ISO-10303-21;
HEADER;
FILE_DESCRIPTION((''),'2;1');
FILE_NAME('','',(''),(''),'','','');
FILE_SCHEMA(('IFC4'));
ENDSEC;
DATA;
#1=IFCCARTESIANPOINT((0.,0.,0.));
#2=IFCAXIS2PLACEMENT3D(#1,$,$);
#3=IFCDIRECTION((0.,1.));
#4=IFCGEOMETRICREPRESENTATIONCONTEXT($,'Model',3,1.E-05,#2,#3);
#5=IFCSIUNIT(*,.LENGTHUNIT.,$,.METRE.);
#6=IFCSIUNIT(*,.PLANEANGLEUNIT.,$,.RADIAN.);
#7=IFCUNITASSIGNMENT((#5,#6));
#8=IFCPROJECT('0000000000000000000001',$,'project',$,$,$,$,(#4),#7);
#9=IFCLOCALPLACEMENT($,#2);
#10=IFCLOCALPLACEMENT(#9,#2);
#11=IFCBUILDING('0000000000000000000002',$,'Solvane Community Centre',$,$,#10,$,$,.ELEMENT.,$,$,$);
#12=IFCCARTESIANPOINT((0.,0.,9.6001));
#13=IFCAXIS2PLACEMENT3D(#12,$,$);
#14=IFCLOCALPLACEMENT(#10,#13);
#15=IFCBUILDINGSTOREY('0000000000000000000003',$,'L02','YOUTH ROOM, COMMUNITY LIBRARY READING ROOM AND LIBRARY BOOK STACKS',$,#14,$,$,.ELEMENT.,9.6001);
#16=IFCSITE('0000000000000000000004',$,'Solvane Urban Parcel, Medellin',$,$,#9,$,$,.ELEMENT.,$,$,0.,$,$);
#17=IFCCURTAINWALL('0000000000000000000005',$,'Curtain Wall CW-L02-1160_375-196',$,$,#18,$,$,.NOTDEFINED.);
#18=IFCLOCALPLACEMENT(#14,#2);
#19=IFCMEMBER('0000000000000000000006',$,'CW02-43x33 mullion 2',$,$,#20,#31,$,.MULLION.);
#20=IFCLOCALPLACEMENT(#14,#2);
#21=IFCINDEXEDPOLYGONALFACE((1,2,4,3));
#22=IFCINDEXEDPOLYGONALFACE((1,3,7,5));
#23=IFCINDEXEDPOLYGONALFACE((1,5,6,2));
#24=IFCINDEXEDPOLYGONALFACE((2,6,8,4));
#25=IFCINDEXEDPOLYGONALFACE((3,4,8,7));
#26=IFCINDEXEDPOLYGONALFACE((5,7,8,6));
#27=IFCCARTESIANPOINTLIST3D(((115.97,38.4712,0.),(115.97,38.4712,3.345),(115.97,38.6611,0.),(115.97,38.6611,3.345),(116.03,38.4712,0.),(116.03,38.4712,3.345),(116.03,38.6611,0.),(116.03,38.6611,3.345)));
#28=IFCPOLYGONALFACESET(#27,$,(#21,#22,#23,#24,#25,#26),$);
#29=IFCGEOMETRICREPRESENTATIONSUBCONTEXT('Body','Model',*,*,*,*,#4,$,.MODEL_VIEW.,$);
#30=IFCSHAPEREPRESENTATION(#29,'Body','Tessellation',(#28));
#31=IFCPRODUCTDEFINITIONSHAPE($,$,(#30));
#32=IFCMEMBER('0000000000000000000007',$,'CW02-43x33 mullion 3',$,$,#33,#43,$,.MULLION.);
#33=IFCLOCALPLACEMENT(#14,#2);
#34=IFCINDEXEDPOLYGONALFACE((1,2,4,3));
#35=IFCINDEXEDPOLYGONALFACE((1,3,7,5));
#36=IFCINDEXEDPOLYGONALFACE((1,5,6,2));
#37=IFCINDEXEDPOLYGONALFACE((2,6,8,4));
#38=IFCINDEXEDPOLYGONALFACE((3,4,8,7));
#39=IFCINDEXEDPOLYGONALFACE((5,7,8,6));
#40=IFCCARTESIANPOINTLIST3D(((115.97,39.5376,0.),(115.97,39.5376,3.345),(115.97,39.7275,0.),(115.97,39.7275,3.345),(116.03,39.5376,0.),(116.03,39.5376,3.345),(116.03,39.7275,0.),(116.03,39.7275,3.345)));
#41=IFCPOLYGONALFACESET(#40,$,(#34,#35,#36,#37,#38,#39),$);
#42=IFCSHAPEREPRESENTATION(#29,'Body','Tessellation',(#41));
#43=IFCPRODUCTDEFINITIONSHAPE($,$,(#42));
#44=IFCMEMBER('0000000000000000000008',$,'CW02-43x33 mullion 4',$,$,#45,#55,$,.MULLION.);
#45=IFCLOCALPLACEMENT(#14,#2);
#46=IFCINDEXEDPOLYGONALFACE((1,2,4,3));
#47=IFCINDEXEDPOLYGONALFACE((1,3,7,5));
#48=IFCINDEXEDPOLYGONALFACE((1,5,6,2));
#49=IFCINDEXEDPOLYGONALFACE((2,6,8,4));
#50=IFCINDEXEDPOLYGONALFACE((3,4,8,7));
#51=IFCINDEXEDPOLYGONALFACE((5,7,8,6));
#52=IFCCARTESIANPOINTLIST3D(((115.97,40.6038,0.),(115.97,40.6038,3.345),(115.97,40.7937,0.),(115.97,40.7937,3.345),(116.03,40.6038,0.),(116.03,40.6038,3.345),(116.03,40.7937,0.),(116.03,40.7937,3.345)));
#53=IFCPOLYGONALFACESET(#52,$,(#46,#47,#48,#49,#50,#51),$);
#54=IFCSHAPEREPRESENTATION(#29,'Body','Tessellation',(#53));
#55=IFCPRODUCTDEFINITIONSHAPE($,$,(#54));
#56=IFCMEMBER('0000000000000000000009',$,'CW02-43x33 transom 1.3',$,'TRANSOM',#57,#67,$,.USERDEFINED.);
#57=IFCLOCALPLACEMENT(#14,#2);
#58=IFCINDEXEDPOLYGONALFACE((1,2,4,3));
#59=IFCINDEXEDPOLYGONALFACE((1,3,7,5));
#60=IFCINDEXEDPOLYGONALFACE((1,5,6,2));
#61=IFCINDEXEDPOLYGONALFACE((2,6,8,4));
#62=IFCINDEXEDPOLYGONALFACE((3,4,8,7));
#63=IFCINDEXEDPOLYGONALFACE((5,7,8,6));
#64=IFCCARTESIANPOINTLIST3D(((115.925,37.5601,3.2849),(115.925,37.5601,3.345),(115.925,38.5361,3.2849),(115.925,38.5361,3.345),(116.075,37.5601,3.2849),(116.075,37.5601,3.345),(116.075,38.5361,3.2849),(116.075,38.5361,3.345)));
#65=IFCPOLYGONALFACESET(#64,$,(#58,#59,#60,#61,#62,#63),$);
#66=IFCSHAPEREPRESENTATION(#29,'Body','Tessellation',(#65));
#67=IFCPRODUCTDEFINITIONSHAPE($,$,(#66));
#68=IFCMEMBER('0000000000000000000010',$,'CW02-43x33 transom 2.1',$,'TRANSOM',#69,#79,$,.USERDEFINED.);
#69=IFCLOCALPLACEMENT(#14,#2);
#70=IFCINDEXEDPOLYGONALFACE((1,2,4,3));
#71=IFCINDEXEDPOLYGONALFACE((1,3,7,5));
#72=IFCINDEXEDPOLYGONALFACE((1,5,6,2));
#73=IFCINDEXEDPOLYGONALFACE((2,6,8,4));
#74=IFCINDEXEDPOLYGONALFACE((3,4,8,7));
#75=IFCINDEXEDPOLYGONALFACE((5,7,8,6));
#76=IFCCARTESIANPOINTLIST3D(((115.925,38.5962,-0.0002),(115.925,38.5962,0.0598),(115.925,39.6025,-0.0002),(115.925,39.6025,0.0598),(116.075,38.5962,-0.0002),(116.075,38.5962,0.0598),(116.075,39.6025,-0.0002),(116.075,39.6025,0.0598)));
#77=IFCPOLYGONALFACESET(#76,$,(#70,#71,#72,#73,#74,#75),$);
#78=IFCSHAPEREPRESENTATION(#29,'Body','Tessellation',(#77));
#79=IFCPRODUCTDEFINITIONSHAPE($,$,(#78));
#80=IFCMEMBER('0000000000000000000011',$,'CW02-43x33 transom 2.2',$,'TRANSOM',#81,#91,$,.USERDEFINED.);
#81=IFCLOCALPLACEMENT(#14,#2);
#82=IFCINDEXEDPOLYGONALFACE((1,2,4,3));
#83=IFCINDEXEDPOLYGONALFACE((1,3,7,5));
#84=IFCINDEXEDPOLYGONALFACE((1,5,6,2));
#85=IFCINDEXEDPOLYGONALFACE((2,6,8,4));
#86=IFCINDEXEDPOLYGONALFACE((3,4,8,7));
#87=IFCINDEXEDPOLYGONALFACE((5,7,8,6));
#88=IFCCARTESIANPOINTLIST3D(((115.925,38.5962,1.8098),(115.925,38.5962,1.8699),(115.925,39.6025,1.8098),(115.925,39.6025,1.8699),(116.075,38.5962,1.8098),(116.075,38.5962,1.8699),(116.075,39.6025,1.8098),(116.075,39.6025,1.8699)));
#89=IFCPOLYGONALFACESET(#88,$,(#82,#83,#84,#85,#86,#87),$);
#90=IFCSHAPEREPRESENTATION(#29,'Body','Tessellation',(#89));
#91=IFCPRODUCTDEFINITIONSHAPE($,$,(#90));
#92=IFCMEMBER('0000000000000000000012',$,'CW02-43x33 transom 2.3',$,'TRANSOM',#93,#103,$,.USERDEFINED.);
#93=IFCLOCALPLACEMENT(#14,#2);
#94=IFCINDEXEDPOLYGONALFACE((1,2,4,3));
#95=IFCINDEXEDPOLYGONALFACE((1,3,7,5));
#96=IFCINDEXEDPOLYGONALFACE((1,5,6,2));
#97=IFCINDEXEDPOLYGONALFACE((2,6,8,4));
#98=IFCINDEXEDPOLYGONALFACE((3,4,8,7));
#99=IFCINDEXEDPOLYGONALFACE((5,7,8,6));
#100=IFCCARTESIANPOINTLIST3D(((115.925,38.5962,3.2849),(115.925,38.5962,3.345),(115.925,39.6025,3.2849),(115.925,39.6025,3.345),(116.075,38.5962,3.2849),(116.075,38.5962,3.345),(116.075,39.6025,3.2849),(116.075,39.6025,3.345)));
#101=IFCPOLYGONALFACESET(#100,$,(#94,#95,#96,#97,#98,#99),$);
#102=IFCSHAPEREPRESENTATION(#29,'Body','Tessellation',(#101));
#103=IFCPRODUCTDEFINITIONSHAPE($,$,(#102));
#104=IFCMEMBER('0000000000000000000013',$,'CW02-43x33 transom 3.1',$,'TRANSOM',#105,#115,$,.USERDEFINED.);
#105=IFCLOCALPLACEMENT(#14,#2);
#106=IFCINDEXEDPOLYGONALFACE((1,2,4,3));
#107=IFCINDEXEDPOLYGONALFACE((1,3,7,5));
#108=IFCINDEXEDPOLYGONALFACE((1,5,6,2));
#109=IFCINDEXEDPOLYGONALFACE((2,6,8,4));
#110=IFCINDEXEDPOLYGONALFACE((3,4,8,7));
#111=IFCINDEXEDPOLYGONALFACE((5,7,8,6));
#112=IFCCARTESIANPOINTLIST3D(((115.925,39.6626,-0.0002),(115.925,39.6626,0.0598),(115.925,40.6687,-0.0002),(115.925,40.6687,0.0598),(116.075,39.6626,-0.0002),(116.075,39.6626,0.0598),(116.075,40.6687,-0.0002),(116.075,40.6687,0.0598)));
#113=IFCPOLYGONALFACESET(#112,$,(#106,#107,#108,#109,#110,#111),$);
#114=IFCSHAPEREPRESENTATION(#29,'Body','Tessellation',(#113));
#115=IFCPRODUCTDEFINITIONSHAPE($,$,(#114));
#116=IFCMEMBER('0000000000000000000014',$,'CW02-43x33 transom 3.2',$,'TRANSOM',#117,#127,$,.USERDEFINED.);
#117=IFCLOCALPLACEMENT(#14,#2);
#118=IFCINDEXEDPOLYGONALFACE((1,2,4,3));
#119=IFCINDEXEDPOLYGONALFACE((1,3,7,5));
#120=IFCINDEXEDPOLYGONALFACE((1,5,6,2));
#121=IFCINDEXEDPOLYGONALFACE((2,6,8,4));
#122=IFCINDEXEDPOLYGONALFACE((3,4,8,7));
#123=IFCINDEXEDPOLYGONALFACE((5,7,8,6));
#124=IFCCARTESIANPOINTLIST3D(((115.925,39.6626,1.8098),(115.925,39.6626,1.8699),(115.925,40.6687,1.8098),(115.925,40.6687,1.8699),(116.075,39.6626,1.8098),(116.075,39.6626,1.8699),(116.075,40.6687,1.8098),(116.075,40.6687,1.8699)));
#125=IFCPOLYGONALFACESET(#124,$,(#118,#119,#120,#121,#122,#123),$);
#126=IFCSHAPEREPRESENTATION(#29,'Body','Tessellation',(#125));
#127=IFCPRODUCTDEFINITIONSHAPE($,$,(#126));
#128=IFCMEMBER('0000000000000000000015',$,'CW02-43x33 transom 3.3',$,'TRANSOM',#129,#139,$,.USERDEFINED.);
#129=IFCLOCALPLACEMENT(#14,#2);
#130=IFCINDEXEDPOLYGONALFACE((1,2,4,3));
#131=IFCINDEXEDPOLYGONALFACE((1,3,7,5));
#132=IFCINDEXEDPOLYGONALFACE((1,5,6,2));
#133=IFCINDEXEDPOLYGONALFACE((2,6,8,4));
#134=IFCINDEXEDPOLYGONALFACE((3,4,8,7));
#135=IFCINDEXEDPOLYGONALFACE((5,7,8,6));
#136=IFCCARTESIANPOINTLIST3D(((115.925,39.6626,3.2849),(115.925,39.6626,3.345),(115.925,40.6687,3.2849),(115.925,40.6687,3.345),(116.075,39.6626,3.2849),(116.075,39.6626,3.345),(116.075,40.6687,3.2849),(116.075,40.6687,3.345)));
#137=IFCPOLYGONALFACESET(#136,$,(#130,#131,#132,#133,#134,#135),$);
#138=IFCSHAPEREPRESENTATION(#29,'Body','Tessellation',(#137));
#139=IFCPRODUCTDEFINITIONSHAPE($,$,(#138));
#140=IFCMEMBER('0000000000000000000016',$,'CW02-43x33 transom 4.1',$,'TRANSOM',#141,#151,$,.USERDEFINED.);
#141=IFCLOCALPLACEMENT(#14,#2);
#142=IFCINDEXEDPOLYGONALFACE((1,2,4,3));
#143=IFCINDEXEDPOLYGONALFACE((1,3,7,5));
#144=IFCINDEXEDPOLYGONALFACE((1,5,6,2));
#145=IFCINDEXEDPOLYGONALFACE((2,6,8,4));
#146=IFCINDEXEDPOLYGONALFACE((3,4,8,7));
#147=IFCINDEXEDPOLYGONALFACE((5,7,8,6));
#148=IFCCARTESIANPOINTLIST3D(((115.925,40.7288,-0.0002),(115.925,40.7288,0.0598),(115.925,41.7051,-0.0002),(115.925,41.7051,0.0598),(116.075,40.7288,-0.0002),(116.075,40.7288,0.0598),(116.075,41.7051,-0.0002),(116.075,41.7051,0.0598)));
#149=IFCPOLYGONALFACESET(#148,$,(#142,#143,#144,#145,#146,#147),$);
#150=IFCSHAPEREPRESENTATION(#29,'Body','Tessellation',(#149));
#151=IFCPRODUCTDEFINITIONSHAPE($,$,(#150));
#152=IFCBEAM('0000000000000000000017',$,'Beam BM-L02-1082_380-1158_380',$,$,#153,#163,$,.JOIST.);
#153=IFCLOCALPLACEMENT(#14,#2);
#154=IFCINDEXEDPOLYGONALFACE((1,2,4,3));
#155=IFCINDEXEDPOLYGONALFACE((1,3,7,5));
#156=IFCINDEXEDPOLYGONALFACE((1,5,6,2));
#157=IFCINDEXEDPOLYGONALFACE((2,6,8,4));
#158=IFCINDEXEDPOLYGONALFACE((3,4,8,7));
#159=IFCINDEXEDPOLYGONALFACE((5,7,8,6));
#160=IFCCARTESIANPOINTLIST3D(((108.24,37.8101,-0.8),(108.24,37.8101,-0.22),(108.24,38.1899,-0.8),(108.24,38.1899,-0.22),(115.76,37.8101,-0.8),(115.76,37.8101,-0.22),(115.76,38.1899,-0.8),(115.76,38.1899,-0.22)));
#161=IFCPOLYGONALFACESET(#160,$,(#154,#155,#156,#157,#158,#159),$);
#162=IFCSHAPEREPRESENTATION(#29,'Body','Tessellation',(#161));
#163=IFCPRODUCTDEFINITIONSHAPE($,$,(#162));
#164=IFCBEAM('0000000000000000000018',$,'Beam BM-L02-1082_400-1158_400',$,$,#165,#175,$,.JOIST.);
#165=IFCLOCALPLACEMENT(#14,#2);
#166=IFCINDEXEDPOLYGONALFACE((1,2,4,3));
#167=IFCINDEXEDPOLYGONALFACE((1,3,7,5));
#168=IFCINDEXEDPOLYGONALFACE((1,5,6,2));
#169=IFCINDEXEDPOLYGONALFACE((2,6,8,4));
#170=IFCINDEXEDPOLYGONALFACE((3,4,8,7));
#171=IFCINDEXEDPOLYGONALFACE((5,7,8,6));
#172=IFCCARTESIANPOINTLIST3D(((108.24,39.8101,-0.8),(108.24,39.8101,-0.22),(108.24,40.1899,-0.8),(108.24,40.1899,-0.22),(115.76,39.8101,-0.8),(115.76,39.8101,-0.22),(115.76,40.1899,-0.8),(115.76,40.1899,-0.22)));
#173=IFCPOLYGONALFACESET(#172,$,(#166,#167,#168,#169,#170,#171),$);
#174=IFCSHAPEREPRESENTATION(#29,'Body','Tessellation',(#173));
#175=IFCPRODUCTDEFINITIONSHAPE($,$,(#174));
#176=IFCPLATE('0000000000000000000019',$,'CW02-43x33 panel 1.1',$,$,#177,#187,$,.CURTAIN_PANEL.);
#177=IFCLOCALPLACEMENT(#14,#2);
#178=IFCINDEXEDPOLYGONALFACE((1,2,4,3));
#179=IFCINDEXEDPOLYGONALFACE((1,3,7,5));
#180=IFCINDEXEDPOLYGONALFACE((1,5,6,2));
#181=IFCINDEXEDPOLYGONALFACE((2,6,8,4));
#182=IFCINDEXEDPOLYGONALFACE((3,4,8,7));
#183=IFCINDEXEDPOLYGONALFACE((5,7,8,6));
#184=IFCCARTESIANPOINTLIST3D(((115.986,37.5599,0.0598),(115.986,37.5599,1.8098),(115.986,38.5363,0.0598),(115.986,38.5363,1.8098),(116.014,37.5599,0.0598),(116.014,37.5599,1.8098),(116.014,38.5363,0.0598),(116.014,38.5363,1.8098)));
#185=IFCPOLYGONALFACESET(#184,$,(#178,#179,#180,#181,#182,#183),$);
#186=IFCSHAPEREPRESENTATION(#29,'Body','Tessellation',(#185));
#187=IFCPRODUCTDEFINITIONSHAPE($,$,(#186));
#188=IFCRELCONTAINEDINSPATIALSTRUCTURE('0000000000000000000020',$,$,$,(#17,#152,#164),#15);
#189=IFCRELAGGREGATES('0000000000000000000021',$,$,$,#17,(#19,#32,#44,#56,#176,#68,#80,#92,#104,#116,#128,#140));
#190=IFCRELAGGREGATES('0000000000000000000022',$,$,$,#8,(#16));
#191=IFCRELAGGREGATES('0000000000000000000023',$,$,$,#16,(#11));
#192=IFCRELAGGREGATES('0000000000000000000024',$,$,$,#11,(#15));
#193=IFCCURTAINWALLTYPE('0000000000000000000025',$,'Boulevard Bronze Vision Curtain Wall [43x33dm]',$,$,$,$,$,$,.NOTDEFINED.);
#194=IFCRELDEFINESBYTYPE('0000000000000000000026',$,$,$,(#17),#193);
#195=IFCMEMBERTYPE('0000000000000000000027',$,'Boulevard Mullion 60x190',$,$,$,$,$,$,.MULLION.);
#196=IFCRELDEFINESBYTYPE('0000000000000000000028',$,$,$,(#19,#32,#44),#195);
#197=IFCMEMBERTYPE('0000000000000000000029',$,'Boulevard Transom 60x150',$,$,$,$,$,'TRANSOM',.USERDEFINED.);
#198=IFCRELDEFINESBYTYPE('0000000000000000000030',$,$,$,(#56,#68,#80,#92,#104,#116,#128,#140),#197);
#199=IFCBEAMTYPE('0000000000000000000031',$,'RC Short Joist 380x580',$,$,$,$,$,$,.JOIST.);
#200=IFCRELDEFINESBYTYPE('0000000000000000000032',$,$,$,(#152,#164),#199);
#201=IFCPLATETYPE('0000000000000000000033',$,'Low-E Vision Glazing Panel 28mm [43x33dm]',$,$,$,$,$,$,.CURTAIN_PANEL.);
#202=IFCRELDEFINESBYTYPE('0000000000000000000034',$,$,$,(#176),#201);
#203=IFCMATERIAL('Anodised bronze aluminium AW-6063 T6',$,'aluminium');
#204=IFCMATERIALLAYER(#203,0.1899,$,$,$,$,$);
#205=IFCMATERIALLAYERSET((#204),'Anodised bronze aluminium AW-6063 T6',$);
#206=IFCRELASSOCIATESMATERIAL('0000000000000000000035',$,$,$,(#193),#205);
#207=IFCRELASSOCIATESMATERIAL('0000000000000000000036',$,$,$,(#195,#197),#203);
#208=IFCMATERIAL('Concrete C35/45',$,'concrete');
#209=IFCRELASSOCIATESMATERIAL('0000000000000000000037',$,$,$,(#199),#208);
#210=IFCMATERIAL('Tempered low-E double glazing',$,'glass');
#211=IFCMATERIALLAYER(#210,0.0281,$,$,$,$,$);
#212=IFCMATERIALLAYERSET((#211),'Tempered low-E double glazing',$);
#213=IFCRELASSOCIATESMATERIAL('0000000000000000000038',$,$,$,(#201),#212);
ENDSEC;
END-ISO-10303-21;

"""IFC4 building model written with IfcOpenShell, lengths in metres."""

from ifc_helpers import new_model, si_unit, direction, frame, origin, origin_2d, place, context, subcontext, project, spatial, rectangle, extrude, material, layer, layer_set, material_profile, profile_set, type_object, element, aggregate, save


model = new_model("IFC4")

# Units and contexts
model_context = context("Model", 3, precision=1e-05, world=origin(), true_north=direction((0.0, 1.0)))
body_context = subcontext(model_context, "Body", "Model", "MODEL_VIEW")
ifc_project = project(units=[si_unit("LENGTHUNIT", "METRE"), si_unit("PLANEANGLEUNIT", "RADIAN")], contexts=[model_context])

# Site, building, storey
site_placement = place(None, origin())
site = spatial("IfcSite", under=ifc_project, at=site_placement, Name="Solvane Urban Parcel, Medellin", CompositionType="ELEMENT", RefElevation=0.0)
building_placement = place(site_placement, origin())
building = spatial("IfcBuilding", under=site, at=building_placement, Name="Solvane Community Centre", CompositionType="ELEMENT")
storey_placement = place(building_placement, frame((0.0, 0.0, 9.6001)))
storey = spatial("IfcBuildingStorey", under=building, at=storey_placement, Name="L02", Description="YOUTH ROOM, COMMUNITY LIBRARY READING ROOM AND LIBRARY BOOK STACKS", CompositionType="ELEMENT", Elevation=9.6001)

# Curtain wall, members
ifc_material_1 = material(Name="Anodised bronze aluminium AW-6063 T6", Category="aluminium")
ifc_layer_1 = layer(ifc_material_1, 0.1899)
ifc_layer_set_1 = layer_set([ifc_layer_1], Name="Anodised bronze aluminium AW-6063 T6")
curtain_wall_type = type_object("IfcCurtainWallType", Name="Boulevard Bronze Vision Curtain Wall [43x33dm]", PredefinedType="NOTDEFINED", material=ifc_layer_set_1)
curtain_wall_placement = place(storey_placement, origin())
curtain_wall = element("IfcCurtainWall", 1, at=curtain_wall_placement, inside=storey, type_object=curtain_wall_type, Name="Curtain Wall CW-L02-1160_375-196", PredefinedType="NOTDEFINED")
ifc_material_profile_1 = material_profile(ifc_material_1, rectangle(XDim=0.0601, YDim=0.1899, at=origin_2d()), Name="CW-M 60x190")
ifc_profile_set_1 = profile_set([ifc_material_profile_1], Name="Anodised bronze aluminium AW-6063 T6")
member_type_1 = type_object("IfcMemberType", Name="Boulevard Mullion 60x190", PredefinedType="MULLION", material=ifc_profile_set_1)
member_1_placement = place(storey_placement, frame((116.0, 38.5662, 0.0), z_axis=(0.0, 0.0, 1.0), x_axis=(-1.0, 0.0, 0.0)))
member_1 = element("IfcMember", 2, at=member_1_placement, type_object=member_type_1, Name="CW02-43x33 mullion 2", PredefinedType="MULLION", context=body_context, shape_type="SweptSolid", body=[
    extrude(rectangle(XDim=0.0601, YDim=0.1899, at=origin_2d()), origin(), (0.0, 0.0, 1.0), 3.345),
])
member_2_placement = place(storey_placement, frame((116.0, 39.6326, 0.0), z_axis=(0.0, 0.0, 1.0), x_axis=(-1.0, 0.0, 0.0)))
member_2 = element("IfcMember", 3, at=member_2_placement, type_object=member_type_1, Name="CW02-43x33 mullion 3", PredefinedType="MULLION", context=body_context, shape_type="SweptSolid", body=[
    extrude(rectangle(XDim=0.0601, YDim=0.1899, at=origin_2d()), origin(), (0.0, 0.0, 1.0), 3.345),
])
member_3_placement = place(storey_placement, frame((116.0, 40.6987, 0.0), z_axis=(0.0, 0.0, 1.0), x_axis=(-1.0, 0.0, 0.0)))
member_3 = element("IfcMember", 4, at=member_3_placement, type_object=member_type_1, Name="CW02-43x33 mullion 4", PredefinedType="MULLION", context=body_context, shape_type="SweptSolid", body=[
    extrude(rectangle(XDim=0.0601, YDim=0.1899, at=origin_2d()), origin(), (0.0, 0.0, 1.0), 3.345),
])
ifc_material_profile_2 = material_profile(ifc_material_1, rectangle(XDim=0.1499, YDim=0.0601, at=origin_2d()), Name="CW-T 60x150")
ifc_profile_set_2 = profile_set([ifc_material_profile_2], Name="Anodised bronze aluminium AW-6063 T6")
member_type_2 = type_object("IfcMemberType", Name="Boulevard Transom 60x150", ElementType="TRANSOM", PredefinedType="USERDEFINED", material=ifc_profile_set_2)
member_4_placement = place(storey_placement, frame((116.0, 37.5601, 3.3149), z_axis=(0.0, 1.0, 0.0), x_axis=(-1.0, 0.0, 0.0)))
member_4 = element("IfcMember", 5, at=member_4_placement, type_object=member_type_2, Name="CW02-43x33 transom 1.3", ObjectType="TRANSOM", PredefinedType="USERDEFINED", context=body_context, shape_type="SweptSolid", body=[
    extrude(rectangle(XDim=0.1499, YDim=0.0601, at=origin_2d()), origin(), (0.0, 0.0, 1.0), 0.9761),
])
member_5_placement = place(storey_placement, frame((116.0, 38.5962, 0.0298), z_axis=(0.0, 1.0, 0.0), x_axis=(-1.0, 0.0, 0.0)))
member_5 = element("IfcMember", 6, at=member_5_placement, type_object=member_type_2, Name="CW02-43x33 transom 2.1", ObjectType="TRANSOM", PredefinedType="USERDEFINED", context=body_context, shape_type="SweptSolid", body=[
    extrude(rectangle(XDim=0.1499, YDim=0.0601, at=origin_2d()), origin(), (0.0, 0.0, 1.0), 1.0063),
])
member_6_placement = place(storey_placement, frame((116.0, 38.5962, 1.8398), z_axis=(0.0, 1.0, 0.0), x_axis=(-1.0, 0.0, 0.0)))
member_6 = element("IfcMember", 7, at=member_6_placement, type_object=member_type_2, Name="CW02-43x33 transom 2.2", ObjectType="TRANSOM", PredefinedType="USERDEFINED", context=body_context, shape_type="SweptSolid", body=[
    extrude(rectangle(XDim=0.1499, YDim=0.0601, at=origin_2d()), origin(), (0.0, 0.0, 1.0), 1.0063),
])
member_7_placement = place(storey_placement, frame((116.0, 38.5962, 3.3149), z_axis=(0.0, 1.0, 0.0), x_axis=(-1.0, 0.0, 0.0)))
member_7 = element("IfcMember", 8, at=member_7_placement, type_object=member_type_2, Name="CW02-43x33 transom 2.3", ObjectType="TRANSOM", PredefinedType="USERDEFINED", context=body_context, shape_type="SweptSolid", body=[
    extrude(rectangle(XDim=0.1499, YDim=0.0601, at=origin_2d()), origin(), (0.0, 0.0, 1.0), 1.0063),
])
member_8_placement = place(storey_placement, frame((116.0, 39.6626, 0.0298), z_axis=(0.0, 1.0, 0.0), x_axis=(-1.0, 0.0, 0.0)))
member_8 = element("IfcMember", 9, at=member_8_placement, type_object=member_type_2, Name="CW02-43x33 transom 3.1", ObjectType="TRANSOM", PredefinedType="USERDEFINED", context=body_context, shape_type="SweptSolid", body=[
    extrude(rectangle(XDim=0.1499, YDim=0.0601, at=origin_2d()), origin(), (0.0, 0.0, 1.0), 1.0061),
])
member_9_placement = place(storey_placement, frame((116.0, 39.6626, 1.8398), z_axis=(0.0, 1.0, 0.0), x_axis=(-1.0, 0.0, 0.0)))
member_9 = element("IfcMember", 10, at=member_9_placement, type_object=member_type_2, Name="CW02-43x33 transom 3.2", ObjectType="TRANSOM", PredefinedType="USERDEFINED", context=body_context, shape_type="SweptSolid", body=[
    extrude(rectangle(XDim=0.1499, YDim=0.0601, at=origin_2d()), origin(), (0.0, 0.0, 1.0), 1.0061),
])
member_10_placement = place(storey_placement, frame((116.0, 39.6626, 3.3149), z_axis=(0.0, 1.0, 0.0), x_axis=(-1.0, 0.0, 0.0)))
member_10 = element("IfcMember", 11, at=member_10_placement, type_object=member_type_2, Name="CW02-43x33 transom 3.3", ObjectType="TRANSOM", PredefinedType="USERDEFINED", context=body_context, shape_type="SweptSolid", body=[
    extrude(rectangle(XDim=0.1499, YDim=0.0601, at=origin_2d()), origin(), (0.0, 0.0, 1.0), 1.0061),
])
member_11_placement = place(storey_placement, frame((116.0, 40.7288, 0.0298), z_axis=(0.0, 1.0, 0.0), x_axis=(-1.0, 0.0, 0.0)))
member_11 = element("IfcMember", 12, at=member_11_placement, type_object=member_type_2, Name="CW02-43x33 transom 4.1", ObjectType="TRANSOM", PredefinedType="USERDEFINED", context=body_context, shape_type="SweptSolid", body=[
    extrude(rectangle(XDim=0.1499, YDim=0.0601, at=origin_2d()), origin(), (0.0, 0.0, 1.0), 0.9763),
])

# Beams
ifc_material_2 = material(Name="Concrete C35/45", Category="concrete")
ifc_material_profile_3 = material_profile(ifc_material_2, rectangle(XDim=0.3799, YDim=0.5801, at=origin_2d()), Name="RC 380x580")
ifc_profile_set_3 = profile_set([ifc_material_profile_3], Name="Concrete C35/45")
beam_type = type_object("IfcBeamType", Name="RC Short Joist 380x580", PredefinedType="JOIST", material=ifc_profile_set_3)
for number, where, z_axis, x_axis, name in (
    (13, (108.24, 38.0, -0.51), (1.0, 0.0, 0.0), (0.0, 1.0, 0.0), "Beam BM-L02-1082_380-1158_380"),
    (14, (108.24, 40.0, -0.51), (1.0, 0.0, 0.0), (0.0, 1.0, 0.0), "Beam BM-L02-1082_400-1158_400"),
):
    element("IfcBeam", number, at=place(storey_placement, frame(where, z_axis=z_axis, x_axis=x_axis)), inside=storey, type_object=beam_type, Name=name, PredefinedType="JOIST", context=body_context, shape_type="SweptSolid", body=[
        extrude(rectangle(XDim=0.3799, YDim=0.5801, at=origin_2d()), origin(), (0.0, 0.0, 1.0), 7.52),
    ])

# Plate
ifc_material_3 = material(Name="Tempered low-E double glazing", Category="glass")
ifc_layer_2 = layer(ifc_material_3, 0.0281)
ifc_layer_set_2 = layer_set([ifc_layer_2], Name="Tempered low-E double glazing")
plate_type = type_object("IfcPlateType", Name="Low-E Vision Glazing Panel 28mm [43x33dm]", PredefinedType="CURTAIN_PANEL", material=ifc_layer_set_2)
plate_1_placement = place(storey_placement, frame((116.0, 38.0481, 0.0598), z_axis=(0.0, 0.0, 1.0), x_axis=(0.0, 1.0, 0.0)))
plate_1 = element("IfcPlate", 15, at=plate_1_placement, type_object=plate_type, Name="CW02-43x33 panel 1.1", PredefinedType="CURTAIN_PANEL", context=body_context, shape_type="SweptSolid", body=[
    extrude(rectangle(XDim=0.9763, YDim=0.0281, at=origin_2d()), origin(), (0.0, 0.0, 1.0), 1.75),
])
aggregate(curtain_wall, [member_1, member_2, member_3, member_4, plate_1, member_5, member_6, member_7, member_8, member_9, member_10, member_11])

save(model, "model.ifc")
